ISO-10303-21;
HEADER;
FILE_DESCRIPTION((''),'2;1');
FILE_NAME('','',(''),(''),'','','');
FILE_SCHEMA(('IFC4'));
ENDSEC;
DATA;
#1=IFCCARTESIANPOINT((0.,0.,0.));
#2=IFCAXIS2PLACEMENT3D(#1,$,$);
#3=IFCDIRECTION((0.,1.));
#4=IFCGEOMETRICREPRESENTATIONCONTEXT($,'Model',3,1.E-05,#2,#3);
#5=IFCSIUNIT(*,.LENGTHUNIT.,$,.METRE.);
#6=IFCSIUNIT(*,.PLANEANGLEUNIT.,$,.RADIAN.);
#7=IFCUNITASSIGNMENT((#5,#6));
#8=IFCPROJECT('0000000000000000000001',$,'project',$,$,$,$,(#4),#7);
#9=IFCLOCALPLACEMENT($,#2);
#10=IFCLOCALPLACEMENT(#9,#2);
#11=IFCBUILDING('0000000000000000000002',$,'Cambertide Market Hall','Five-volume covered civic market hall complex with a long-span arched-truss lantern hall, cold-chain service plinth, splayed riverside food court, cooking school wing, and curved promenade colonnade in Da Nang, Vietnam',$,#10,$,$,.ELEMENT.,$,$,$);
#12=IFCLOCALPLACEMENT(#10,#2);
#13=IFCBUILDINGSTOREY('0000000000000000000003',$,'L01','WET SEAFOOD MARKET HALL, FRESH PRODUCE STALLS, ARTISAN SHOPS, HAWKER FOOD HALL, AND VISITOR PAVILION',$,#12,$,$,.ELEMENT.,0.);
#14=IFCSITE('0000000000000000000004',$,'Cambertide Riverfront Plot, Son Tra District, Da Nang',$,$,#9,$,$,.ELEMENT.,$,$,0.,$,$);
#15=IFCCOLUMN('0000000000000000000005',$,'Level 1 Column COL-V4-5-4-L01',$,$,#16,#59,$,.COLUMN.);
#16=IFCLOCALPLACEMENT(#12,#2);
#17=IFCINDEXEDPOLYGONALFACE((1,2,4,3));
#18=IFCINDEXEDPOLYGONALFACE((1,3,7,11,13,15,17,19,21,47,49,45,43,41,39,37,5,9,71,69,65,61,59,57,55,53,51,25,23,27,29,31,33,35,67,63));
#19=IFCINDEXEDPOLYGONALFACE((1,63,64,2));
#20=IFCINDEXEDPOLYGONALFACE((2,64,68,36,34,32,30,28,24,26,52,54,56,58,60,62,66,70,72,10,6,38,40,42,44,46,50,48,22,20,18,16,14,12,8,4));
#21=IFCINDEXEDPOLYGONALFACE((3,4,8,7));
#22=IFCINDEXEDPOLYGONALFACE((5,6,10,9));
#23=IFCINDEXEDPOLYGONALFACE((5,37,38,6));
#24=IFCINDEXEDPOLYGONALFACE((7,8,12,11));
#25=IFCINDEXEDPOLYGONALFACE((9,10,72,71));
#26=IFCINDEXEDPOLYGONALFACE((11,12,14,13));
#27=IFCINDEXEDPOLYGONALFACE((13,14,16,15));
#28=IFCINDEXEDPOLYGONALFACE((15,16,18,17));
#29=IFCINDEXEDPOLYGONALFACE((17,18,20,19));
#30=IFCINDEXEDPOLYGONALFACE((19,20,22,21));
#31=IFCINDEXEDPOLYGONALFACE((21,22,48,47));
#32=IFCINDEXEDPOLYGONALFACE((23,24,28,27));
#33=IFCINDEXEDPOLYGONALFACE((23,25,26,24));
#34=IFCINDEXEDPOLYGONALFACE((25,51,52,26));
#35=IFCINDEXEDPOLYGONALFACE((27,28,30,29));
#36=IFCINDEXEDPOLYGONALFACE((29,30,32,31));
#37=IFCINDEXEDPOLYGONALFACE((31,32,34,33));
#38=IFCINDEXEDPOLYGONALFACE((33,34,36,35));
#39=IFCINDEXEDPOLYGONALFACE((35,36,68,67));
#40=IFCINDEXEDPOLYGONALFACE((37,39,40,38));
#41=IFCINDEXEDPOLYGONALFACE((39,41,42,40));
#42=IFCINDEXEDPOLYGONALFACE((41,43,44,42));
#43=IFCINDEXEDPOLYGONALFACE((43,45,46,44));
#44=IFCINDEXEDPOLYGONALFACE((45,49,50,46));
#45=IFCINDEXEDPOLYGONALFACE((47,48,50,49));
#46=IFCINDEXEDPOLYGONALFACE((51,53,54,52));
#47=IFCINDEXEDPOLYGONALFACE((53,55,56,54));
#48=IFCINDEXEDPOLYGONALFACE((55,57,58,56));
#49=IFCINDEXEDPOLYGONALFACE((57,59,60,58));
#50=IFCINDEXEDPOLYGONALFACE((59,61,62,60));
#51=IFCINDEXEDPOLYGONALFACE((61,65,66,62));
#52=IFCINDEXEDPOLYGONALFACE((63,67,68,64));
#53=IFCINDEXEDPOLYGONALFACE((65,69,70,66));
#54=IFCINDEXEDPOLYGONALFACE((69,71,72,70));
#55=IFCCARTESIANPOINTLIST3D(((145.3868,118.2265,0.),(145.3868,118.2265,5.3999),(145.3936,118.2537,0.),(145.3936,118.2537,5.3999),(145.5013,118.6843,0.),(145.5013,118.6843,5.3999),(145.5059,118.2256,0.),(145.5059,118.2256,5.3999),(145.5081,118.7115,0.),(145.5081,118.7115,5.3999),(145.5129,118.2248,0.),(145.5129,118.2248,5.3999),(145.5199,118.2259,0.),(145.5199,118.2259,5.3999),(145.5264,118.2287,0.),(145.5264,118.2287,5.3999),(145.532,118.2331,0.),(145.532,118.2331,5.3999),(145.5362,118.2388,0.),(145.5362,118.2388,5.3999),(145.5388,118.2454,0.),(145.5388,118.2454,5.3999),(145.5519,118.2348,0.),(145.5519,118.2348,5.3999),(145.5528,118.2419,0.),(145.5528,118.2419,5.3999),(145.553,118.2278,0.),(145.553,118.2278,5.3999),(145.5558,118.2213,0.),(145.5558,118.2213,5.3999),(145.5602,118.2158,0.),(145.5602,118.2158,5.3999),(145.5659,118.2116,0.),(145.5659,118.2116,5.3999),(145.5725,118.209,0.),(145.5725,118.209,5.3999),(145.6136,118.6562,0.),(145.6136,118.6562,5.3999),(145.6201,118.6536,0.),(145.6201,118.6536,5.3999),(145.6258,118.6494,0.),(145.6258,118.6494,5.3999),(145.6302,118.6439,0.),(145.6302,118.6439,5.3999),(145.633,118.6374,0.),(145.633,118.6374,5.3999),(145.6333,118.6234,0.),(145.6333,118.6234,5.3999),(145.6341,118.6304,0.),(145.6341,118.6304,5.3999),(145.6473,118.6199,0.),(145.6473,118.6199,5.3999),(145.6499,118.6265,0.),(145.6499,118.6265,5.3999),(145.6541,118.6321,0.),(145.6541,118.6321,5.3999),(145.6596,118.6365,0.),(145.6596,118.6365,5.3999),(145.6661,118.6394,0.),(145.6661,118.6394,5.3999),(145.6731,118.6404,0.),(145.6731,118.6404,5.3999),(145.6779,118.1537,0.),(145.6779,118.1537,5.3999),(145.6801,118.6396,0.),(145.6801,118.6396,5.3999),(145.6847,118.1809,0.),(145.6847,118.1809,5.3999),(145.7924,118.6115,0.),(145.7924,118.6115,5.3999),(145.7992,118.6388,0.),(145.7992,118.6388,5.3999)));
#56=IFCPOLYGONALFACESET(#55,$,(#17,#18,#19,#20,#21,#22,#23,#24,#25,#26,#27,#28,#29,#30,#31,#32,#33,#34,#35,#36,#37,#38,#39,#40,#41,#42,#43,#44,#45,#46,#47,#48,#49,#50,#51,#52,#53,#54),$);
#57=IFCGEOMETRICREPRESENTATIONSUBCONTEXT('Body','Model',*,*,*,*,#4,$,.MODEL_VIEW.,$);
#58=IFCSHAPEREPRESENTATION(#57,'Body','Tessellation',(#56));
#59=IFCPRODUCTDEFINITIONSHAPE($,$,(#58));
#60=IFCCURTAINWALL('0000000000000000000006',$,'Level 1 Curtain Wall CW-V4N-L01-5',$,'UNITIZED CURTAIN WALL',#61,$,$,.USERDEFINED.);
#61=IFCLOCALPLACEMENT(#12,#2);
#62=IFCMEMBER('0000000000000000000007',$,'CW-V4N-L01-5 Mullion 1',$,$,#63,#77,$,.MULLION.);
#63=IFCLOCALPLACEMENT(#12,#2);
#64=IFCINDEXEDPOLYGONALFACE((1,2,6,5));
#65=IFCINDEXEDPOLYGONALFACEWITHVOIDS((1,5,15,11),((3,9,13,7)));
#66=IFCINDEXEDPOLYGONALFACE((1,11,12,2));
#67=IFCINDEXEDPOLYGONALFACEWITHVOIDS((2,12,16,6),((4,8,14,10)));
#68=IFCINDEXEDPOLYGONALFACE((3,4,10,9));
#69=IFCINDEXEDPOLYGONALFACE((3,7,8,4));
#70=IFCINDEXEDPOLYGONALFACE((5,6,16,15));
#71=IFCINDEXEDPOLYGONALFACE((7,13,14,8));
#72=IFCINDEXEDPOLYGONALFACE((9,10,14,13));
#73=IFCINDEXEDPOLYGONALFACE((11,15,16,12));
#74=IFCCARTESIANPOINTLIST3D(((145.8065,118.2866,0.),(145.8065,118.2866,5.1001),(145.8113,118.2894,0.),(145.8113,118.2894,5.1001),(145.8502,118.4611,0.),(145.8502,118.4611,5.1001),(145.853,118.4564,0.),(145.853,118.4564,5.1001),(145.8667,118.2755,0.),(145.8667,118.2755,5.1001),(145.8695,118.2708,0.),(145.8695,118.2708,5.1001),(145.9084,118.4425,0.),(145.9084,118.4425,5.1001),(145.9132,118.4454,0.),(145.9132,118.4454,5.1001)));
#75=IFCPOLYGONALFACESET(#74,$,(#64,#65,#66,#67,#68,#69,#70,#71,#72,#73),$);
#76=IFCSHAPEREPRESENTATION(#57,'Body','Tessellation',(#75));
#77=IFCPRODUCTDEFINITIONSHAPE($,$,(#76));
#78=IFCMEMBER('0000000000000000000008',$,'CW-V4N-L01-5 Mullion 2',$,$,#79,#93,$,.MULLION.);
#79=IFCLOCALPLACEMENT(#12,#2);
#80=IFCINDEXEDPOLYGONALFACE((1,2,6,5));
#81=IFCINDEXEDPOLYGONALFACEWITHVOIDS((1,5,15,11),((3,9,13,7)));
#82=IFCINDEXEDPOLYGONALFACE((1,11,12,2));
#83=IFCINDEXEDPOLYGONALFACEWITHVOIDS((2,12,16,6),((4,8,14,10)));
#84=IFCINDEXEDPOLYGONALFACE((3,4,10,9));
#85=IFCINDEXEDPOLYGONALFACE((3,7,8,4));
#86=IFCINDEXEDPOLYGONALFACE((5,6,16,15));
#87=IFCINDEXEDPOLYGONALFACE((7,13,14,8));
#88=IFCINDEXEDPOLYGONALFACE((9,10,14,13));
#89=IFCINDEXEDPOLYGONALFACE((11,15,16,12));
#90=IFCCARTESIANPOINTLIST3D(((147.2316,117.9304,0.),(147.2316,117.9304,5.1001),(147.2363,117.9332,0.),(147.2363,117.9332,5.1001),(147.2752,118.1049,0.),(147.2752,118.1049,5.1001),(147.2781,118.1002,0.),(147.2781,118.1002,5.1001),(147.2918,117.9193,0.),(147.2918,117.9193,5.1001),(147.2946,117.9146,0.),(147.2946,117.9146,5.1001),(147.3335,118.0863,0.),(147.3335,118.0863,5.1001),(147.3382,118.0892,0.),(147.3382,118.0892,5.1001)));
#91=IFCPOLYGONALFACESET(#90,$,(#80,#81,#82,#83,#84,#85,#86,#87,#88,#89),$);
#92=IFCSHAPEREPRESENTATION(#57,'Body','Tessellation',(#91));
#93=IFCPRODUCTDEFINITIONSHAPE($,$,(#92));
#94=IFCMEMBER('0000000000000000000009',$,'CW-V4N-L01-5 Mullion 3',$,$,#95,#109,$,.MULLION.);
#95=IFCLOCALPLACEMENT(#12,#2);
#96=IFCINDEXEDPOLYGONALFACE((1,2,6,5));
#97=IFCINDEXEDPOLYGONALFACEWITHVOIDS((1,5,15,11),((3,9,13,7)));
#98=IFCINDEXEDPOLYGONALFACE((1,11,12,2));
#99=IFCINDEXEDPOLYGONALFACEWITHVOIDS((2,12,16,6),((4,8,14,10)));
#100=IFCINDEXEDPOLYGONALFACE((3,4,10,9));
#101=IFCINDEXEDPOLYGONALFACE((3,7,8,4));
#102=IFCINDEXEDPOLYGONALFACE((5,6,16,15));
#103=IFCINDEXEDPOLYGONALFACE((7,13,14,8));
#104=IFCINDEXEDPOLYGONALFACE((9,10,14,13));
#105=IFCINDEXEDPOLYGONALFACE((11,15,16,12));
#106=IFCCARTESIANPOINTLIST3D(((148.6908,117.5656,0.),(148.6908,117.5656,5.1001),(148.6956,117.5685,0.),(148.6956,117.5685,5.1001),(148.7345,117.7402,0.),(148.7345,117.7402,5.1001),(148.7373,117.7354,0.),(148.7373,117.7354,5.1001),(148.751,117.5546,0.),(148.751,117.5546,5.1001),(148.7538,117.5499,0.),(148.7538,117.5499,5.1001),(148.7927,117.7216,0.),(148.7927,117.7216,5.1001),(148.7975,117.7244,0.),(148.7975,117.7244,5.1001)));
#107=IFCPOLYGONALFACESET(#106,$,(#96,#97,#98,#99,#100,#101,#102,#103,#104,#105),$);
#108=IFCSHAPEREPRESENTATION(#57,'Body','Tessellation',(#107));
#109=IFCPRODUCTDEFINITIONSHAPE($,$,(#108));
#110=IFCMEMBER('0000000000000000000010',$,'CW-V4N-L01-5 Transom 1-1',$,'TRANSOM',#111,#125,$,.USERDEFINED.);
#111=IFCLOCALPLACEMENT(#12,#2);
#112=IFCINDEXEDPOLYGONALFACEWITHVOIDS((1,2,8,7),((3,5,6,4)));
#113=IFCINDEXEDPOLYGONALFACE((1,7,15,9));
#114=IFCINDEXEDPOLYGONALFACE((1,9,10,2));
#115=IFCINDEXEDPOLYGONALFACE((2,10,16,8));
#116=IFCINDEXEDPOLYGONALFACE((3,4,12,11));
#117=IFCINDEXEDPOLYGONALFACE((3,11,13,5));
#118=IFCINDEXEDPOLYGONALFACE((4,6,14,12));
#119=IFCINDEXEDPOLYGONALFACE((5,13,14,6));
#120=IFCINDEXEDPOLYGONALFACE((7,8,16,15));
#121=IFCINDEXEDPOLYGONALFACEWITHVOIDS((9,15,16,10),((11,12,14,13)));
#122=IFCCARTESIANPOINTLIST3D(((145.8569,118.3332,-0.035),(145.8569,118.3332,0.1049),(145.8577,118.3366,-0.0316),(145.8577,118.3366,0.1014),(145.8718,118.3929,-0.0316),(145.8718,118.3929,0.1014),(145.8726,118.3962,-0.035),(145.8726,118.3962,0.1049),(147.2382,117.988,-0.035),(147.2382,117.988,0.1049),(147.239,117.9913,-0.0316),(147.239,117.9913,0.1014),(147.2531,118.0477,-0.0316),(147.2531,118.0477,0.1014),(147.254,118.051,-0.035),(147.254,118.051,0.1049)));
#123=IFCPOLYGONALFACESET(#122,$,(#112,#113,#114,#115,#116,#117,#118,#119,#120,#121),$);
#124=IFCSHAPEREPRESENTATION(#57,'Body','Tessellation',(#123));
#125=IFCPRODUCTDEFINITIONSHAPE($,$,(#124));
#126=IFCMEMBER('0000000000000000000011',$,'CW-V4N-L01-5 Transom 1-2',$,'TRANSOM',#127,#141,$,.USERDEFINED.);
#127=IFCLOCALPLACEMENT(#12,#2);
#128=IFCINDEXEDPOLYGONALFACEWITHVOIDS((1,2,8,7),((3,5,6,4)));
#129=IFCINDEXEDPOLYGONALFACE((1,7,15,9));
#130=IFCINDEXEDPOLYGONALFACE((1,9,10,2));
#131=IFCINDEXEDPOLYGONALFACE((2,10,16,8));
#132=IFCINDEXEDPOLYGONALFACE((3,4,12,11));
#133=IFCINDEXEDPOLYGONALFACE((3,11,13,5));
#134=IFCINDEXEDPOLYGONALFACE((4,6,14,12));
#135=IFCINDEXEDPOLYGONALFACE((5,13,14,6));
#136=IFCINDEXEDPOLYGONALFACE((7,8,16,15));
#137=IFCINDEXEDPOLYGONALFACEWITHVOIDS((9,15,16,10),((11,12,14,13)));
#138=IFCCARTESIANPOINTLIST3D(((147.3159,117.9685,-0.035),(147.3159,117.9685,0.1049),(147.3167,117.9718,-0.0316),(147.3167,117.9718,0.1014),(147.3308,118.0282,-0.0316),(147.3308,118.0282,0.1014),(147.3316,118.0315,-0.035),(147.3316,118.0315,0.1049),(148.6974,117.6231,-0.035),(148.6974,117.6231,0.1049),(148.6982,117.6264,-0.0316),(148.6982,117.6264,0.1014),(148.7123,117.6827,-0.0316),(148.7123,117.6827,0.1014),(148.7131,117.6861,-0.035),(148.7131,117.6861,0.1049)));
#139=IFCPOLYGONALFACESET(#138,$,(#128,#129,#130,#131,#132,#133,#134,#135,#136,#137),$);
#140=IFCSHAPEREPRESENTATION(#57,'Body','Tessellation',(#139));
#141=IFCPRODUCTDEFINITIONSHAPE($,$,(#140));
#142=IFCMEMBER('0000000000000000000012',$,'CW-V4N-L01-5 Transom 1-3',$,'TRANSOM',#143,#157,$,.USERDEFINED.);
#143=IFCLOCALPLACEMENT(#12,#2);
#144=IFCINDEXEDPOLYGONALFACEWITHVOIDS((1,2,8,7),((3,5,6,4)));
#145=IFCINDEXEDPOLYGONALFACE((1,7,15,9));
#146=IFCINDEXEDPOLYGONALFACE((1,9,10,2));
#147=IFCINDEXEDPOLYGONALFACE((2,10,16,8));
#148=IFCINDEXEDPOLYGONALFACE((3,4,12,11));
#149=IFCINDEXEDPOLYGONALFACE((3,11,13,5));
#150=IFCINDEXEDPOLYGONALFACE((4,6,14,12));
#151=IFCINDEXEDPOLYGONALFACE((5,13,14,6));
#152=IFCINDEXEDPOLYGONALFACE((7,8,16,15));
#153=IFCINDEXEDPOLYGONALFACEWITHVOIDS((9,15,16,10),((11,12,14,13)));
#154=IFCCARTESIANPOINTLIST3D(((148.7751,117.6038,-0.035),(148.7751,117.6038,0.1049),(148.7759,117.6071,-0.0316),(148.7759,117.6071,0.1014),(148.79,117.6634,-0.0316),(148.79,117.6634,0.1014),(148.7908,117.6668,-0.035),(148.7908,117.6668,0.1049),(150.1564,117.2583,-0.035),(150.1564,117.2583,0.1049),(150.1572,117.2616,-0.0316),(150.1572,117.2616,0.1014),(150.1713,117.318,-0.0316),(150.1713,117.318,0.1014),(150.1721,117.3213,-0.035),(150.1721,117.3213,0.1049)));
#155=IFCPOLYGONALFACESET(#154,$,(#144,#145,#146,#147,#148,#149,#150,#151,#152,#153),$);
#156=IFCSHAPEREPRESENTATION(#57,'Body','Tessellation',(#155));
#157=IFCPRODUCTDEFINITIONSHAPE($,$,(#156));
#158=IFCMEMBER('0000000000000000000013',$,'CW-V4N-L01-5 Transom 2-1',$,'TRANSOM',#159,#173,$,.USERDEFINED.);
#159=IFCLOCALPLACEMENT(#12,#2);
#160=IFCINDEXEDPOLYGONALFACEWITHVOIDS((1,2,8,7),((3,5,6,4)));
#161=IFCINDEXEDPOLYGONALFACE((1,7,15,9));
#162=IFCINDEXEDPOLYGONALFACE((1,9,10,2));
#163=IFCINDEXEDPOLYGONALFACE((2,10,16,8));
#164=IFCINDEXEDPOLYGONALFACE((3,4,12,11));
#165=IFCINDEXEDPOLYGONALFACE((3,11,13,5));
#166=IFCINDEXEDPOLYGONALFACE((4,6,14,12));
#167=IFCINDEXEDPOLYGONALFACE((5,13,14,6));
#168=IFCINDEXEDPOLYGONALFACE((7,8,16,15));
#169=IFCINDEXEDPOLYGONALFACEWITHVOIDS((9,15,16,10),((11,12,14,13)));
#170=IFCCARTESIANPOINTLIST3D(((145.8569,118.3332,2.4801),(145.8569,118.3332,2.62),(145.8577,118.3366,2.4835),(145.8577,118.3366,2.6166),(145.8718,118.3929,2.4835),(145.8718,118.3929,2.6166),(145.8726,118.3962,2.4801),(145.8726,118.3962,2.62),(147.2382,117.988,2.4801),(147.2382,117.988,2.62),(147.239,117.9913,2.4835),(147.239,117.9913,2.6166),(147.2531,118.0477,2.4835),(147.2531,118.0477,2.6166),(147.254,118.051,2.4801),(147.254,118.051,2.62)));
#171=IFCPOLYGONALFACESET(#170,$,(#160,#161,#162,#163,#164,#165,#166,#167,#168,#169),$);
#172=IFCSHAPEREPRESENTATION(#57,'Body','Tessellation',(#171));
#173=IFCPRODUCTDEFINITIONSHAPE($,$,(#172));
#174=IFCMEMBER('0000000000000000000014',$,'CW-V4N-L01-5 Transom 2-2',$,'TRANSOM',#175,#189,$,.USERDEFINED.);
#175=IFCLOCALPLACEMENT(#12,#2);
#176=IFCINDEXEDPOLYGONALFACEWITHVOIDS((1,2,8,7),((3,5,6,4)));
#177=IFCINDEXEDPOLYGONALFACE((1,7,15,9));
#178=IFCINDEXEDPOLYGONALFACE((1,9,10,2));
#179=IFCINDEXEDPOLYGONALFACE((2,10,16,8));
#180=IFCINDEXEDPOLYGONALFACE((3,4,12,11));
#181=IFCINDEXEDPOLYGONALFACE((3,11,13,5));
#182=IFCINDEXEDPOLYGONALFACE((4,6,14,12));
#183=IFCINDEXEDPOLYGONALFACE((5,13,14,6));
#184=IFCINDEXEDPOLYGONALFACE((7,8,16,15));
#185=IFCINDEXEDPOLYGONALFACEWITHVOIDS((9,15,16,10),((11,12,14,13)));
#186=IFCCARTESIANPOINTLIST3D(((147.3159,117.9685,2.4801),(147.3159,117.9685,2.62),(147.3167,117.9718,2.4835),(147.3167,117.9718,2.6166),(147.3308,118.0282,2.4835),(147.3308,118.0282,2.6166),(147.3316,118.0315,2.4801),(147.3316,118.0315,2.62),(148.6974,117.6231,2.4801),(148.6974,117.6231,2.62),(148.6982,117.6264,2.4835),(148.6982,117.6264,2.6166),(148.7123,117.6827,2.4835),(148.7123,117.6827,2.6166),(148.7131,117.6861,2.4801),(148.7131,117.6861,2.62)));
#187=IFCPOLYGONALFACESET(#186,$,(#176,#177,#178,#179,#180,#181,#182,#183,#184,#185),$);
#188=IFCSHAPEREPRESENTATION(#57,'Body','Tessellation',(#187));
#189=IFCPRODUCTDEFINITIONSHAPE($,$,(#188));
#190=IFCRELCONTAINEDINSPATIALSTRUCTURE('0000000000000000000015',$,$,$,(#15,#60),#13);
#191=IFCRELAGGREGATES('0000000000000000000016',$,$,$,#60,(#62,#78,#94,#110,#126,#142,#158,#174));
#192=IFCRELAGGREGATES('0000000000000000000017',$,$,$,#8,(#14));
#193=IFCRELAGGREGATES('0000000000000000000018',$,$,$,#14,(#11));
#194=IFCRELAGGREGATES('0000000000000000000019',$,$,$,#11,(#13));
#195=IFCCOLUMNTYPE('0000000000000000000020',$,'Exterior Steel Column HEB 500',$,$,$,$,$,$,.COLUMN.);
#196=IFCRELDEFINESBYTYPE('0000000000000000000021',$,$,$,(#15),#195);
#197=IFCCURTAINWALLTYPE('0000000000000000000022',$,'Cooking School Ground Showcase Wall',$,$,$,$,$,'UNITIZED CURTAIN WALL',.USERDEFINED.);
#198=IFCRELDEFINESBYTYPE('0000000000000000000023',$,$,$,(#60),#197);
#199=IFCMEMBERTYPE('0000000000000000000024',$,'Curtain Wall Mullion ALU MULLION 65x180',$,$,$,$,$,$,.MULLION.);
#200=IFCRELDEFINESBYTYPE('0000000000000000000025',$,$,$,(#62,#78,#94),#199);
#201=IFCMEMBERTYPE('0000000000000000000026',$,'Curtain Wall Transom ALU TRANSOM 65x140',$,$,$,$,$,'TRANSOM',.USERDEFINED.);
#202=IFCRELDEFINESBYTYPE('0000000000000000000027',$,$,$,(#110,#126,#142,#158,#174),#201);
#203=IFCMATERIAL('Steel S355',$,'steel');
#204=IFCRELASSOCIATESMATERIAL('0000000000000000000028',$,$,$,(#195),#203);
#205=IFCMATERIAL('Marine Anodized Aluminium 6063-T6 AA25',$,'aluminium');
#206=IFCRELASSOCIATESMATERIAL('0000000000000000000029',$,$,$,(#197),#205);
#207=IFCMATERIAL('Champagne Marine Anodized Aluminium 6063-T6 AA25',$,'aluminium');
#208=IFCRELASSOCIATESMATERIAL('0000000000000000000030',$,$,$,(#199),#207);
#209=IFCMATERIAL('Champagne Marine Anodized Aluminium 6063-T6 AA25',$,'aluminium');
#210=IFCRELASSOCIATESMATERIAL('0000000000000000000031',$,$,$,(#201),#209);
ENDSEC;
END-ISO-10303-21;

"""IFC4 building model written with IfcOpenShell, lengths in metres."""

from ifc_helpers import new_model, si_unit, direction, frame, origin, origin_2d, place, context, subcontext, project, spatial, hollow_rectangle, i_section, extrude, material, material_profile, profile_set, type_object, element, aggregate, save


model = new_model("IFC4")

# Units and contexts
model_context = context("Model", 3, precision=1e-05, world=origin(), true_north=direction((0.0, 1.0)))
body_context = subcontext(model_context, "Body", "Model", "MODEL_VIEW")
ifc_project = project(units=[si_unit("LENGTHUNIT", "METRE"), si_unit("PLANEANGLEUNIT", "RADIAN")], contexts=[model_context])

# Site, building, storey
site_placement = place(None, origin())
site = spatial("IfcSite", under=ifc_project, at=site_placement, Name="Cambertide Riverfront Plot, Son Tra District, Da Nang", CompositionType="ELEMENT", RefElevation=0.0)
building_placement = place(site_placement, origin())
building = spatial("IfcBuilding", under=site, at=building_placement, Name="Cambertide Market Hall", Description="Five-volume covered civic market hall complex with a long-span arched-truss lantern hall, cold-chain service plinth, splayed riverside food court, cooking school wing, and curved promenade colonnade in Da Nang, Vietnam", CompositionType="ELEMENT")
storey_placement = place(building_placement, origin())
storey = spatial("IfcBuildingStorey", under=building, at=storey_placement, Name="L01", Description="WET SEAFOOD MARKET HALL, FRESH PRODUCE STALLS, ARTISAN SHOPS, HAWKER FOOD HALL, AND VISITOR PAVILION", CompositionType="ELEMENT", Elevation=0.0)

# Column
ifc_material_1 = material(Name="Steel S355", Category="steel")
ifc_material_profile_1 = material_profile(ifc_material_1, i_section(OverallWidth=0.3, OverallDepth=0.5, WebThickness=0.0144, FlangeThickness=0.0281, FilletRadius=0.0271, at=origin_2d()), Name="HEB 500")
ifc_profile_set_1 = profile_set([ifc_material_profile_1], Name="Steel S355")
column_type = type_object("IfcColumnType", Name="Exterior Steel Column HEB 500", PredefinedType="COLUMN", material=ifc_profile_set_1)
column_placement = place(storey_placement, frame((145.593, 118.4326, 0.0), z_axis=(0.0, 0.0, 1.0), x_axis=(0.970143, -0.242536, 0.0)))
element("IfcColumn", 1, at=column_placement, inside=storey, type_object=column_type, Name="Level 1 Column COL-V4-5-4-L01", PredefinedType="COLUMN", context=body_context, shape_type="SweptSolid", body=[
    extrude(i_section(OverallWidth=0.3, OverallDepth=0.5, WebThickness=0.0144, FlangeThickness=0.0281, FilletRadius=0.0271, at=origin_2d()), origin(), (0.0, 0.0, 1.0), 5.3999),
])

# Curtain wall, members
ifc_material_2 = material(Name="Marine Anodized Aluminium 6063-T6 AA25", Category="aluminium")
curtain_wall_type = type_object("IfcCurtainWallType", Name="Cooking School Ground Showcase Wall", ElementType="UNITIZED CURTAIN WALL", PredefinedType="USERDEFINED", material=ifc_material_2)
curtain_wall_placement = place(storey_placement, origin())
curtain_wall = element("IfcCurtainWall", 2, at=curtain_wall_placement, inside=storey, type_object=curtain_wall_type, Name="Level 1 Curtain Wall CW-V4N-L01-5", ObjectType="UNITIZED CURTAIN WALL", PredefinedType="USERDEFINED")
ifc_material_3 = material(Name="Champagne Marine Anodized Aluminium 6063-T6 AA25", Category="aluminium")
ifc_material_profile_2 = material_profile(ifc_material_3, hollow_rectangle(XDim=0.0649, YDim=0.1799, WallThickness=0.0039, at=origin_2d()), Name="ALU MULLION 65x180")
ifc_profile_set_2 = profile_set([ifc_material_profile_2], Name="Champagne Marine Anodized Aluminium 6063-T6 AA25")
member_type_1 = type_object("IfcMemberType", Name="Curtain Wall Mullion ALU MULLION 65x180", PredefinedType="MULLION", material=ifc_profile_set_2)
member_1_placement = place(storey_placement, frame((145.8599, 118.366, 0.0), z_axis=(0.0, 0.0, 1.0), x_axis=(0.970143, -0.242536, 0.0)))
member_1 = element("IfcMember", 3, at=member_1_placement, type_object=member_type_1, Name="CW-V4N-L01-5 Mullion 1", PredefinedType="MULLION", context=body_context, shape_type="SweptSolid", body=[
    extrude(hollow_rectangle(XDim=0.0649, YDim=0.1799, WallThickness=0.0039, at=origin_2d()), origin(), (0.0, 0.0, 1.0), 5.1001),
])
member_2_placement = place(storey_placement, frame((147.2849, 118.0098, 0.0), z_axis=(0.0, 0.0, 1.0), x_axis=(0.970143, -0.242536, 0.0)))
member_2 = element("IfcMember", 4, at=member_2_placement, type_object=member_type_1, Name="CW-V4N-L01-5 Mullion 2", PredefinedType="MULLION", context=body_context, shape_type="SweptSolid", body=[
    extrude(hollow_rectangle(XDim=0.0649, YDim=0.1799, WallThickness=0.0039, at=origin_2d()), origin(), (0.0, 0.0, 1.0), 5.1001),
])
member_3_placement = place(storey_placement, frame((148.7441, 117.645, 0.0), z_axis=(0.0, 0.0, 1.0), x_axis=(0.970143, -0.242536, 0.0)))
member_3 = element("IfcMember", 5, at=member_3_placement, type_object=member_type_1, Name="CW-V4N-L01-5 Mullion 3", PredefinedType="MULLION", context=body_context, shape_type="SweptSolid", body=[
    extrude(hollow_rectangle(XDim=0.0649, YDim=0.1799, WallThickness=0.0039, at=origin_2d()), origin(), (0.0, 0.0, 1.0), 5.1001),
])
ifc_material_4 = material(Name="Champagne Marine Anodized Aluminium 6063-T6 AA25", Category="aluminium")
ifc_material_profile_3 = material_profile(ifc_material_4, hollow_rectangle(XDim=0.0649, YDim=0.1399, WallThickness=0.0034, at=origin_2d()), Name="ALU TRANSOM 65x140")
ifc_profile_set_3 = profile_set([ifc_material_profile_3], Name="Champagne Marine Anodized Aluminium 6063-T6 AA25")
member_type_2 = type_object("IfcMemberType", Name="Curtain Wall Transom ALU TRANSOM 65x140", ElementType="TRANSOM", PredefinedType="USERDEFINED", material=ifc_profile_set_3)
member_4_placement = place(storey_placement, frame((145.8647, 118.3647, 0.0349), z_axis=(0.970163, -0.242455, 0.0), x_axis=(0.242455, 0.970163, 0.0)))
member_4 = element("IfcMember", 6, at=member_4_placement, type_object=member_type_2, Name="CW-V4N-L01-5 Transom 1-1", ObjectType="TRANSOM", PredefinedType="USERDEFINED", context=body_context, shape_type="SweptSolid", body=[
    extrude(hollow_rectangle(XDim=0.0649, YDim=0.1399, WallThickness=0.0034, at=origin_2d()), origin(), (0.0, 0.0, 1.0), 1.4238),
])
member_5_placement = place(storey_placement, frame((147.3237, 118.0, 0.0349), z_axis=(0.970132, -0.242576, 0.0), x_axis=(0.242576, 0.970132, 0.0)))
member_5 = element("IfcMember", 7, at=member_5_placement, type_object=member_type_2, Name="CW-V4N-L01-5 Transom 1-2", ObjectType="TRANSOM", PredefinedType="USERDEFINED", context=body_context, shape_type="SweptSolid", body=[
    extrude(hollow_rectangle(XDim=0.0649, YDim=0.1399, WallThickness=0.0034, at=origin_2d()), origin(), (0.0, 0.0, 1.0), 1.4241),
])
member_6_placement = place(storey_placement, frame((148.783, 117.6353, 0.0349), z_axis=(0.970122, -0.242616, 0.0), x_axis=(0.242616, 0.970122, 0.0)))
member_6 = element("IfcMember", 8, at=member_6_placement, type_object=member_type_2, Name="CW-V4N-L01-5 Transom 1-3", ObjectType="TRANSOM", PredefinedType="USERDEFINED", context=body_context, shape_type="SweptSolid", body=[
    extrude(hollow_rectangle(XDim=0.0649, YDim=0.1399, WallThickness=0.0034, at=origin_2d()), origin(), (0.0, 0.0, 1.0), 1.4238),
])
member_7_placement = place(storey_placement, frame((145.8647, 118.3647, 2.55), z_axis=(0.970163, -0.242455, 0.0), x_axis=(0.242455, 0.970163, 0.0)))
member_7 = element("IfcMember", 9, at=member_7_placement, type_object=member_type_2, Name="CW-V4N-L01-5 Transom 2-1", ObjectType="TRANSOM", PredefinedType="USERDEFINED", context=body_context, shape_type="SweptSolid", body=[
    extrude(hollow_rectangle(XDim=0.0649, YDim=0.1399, WallThickness=0.0034, at=origin_2d()), origin(), (0.0, 0.0, 1.0), 1.4238),
])
member_8_placement = place(storey_placement, frame((147.3237, 118.0, 2.55), z_axis=(0.970132, -0.242576, 0.0), x_axis=(0.242576, 0.970132, 0.0)))
member_8 = element("IfcMember", 10, at=member_8_placement, type_object=member_type_2, Name="CW-V4N-L01-5 Transom 2-2", ObjectType="TRANSOM", PredefinedType="USERDEFINED", context=body_context, shape_type="SweptSolid", body=[
    extrude(hollow_rectangle(XDim=0.0649, YDim=0.1399, WallThickness=0.0034, at=origin_2d()), origin(), (0.0, 0.0, 1.0), 1.4241),
])

aggregate(curtain_wall, [member_1, member_2, member_3, member_4, member_5, member_6, member_7, member_8])

save(model, "model.ifc")
